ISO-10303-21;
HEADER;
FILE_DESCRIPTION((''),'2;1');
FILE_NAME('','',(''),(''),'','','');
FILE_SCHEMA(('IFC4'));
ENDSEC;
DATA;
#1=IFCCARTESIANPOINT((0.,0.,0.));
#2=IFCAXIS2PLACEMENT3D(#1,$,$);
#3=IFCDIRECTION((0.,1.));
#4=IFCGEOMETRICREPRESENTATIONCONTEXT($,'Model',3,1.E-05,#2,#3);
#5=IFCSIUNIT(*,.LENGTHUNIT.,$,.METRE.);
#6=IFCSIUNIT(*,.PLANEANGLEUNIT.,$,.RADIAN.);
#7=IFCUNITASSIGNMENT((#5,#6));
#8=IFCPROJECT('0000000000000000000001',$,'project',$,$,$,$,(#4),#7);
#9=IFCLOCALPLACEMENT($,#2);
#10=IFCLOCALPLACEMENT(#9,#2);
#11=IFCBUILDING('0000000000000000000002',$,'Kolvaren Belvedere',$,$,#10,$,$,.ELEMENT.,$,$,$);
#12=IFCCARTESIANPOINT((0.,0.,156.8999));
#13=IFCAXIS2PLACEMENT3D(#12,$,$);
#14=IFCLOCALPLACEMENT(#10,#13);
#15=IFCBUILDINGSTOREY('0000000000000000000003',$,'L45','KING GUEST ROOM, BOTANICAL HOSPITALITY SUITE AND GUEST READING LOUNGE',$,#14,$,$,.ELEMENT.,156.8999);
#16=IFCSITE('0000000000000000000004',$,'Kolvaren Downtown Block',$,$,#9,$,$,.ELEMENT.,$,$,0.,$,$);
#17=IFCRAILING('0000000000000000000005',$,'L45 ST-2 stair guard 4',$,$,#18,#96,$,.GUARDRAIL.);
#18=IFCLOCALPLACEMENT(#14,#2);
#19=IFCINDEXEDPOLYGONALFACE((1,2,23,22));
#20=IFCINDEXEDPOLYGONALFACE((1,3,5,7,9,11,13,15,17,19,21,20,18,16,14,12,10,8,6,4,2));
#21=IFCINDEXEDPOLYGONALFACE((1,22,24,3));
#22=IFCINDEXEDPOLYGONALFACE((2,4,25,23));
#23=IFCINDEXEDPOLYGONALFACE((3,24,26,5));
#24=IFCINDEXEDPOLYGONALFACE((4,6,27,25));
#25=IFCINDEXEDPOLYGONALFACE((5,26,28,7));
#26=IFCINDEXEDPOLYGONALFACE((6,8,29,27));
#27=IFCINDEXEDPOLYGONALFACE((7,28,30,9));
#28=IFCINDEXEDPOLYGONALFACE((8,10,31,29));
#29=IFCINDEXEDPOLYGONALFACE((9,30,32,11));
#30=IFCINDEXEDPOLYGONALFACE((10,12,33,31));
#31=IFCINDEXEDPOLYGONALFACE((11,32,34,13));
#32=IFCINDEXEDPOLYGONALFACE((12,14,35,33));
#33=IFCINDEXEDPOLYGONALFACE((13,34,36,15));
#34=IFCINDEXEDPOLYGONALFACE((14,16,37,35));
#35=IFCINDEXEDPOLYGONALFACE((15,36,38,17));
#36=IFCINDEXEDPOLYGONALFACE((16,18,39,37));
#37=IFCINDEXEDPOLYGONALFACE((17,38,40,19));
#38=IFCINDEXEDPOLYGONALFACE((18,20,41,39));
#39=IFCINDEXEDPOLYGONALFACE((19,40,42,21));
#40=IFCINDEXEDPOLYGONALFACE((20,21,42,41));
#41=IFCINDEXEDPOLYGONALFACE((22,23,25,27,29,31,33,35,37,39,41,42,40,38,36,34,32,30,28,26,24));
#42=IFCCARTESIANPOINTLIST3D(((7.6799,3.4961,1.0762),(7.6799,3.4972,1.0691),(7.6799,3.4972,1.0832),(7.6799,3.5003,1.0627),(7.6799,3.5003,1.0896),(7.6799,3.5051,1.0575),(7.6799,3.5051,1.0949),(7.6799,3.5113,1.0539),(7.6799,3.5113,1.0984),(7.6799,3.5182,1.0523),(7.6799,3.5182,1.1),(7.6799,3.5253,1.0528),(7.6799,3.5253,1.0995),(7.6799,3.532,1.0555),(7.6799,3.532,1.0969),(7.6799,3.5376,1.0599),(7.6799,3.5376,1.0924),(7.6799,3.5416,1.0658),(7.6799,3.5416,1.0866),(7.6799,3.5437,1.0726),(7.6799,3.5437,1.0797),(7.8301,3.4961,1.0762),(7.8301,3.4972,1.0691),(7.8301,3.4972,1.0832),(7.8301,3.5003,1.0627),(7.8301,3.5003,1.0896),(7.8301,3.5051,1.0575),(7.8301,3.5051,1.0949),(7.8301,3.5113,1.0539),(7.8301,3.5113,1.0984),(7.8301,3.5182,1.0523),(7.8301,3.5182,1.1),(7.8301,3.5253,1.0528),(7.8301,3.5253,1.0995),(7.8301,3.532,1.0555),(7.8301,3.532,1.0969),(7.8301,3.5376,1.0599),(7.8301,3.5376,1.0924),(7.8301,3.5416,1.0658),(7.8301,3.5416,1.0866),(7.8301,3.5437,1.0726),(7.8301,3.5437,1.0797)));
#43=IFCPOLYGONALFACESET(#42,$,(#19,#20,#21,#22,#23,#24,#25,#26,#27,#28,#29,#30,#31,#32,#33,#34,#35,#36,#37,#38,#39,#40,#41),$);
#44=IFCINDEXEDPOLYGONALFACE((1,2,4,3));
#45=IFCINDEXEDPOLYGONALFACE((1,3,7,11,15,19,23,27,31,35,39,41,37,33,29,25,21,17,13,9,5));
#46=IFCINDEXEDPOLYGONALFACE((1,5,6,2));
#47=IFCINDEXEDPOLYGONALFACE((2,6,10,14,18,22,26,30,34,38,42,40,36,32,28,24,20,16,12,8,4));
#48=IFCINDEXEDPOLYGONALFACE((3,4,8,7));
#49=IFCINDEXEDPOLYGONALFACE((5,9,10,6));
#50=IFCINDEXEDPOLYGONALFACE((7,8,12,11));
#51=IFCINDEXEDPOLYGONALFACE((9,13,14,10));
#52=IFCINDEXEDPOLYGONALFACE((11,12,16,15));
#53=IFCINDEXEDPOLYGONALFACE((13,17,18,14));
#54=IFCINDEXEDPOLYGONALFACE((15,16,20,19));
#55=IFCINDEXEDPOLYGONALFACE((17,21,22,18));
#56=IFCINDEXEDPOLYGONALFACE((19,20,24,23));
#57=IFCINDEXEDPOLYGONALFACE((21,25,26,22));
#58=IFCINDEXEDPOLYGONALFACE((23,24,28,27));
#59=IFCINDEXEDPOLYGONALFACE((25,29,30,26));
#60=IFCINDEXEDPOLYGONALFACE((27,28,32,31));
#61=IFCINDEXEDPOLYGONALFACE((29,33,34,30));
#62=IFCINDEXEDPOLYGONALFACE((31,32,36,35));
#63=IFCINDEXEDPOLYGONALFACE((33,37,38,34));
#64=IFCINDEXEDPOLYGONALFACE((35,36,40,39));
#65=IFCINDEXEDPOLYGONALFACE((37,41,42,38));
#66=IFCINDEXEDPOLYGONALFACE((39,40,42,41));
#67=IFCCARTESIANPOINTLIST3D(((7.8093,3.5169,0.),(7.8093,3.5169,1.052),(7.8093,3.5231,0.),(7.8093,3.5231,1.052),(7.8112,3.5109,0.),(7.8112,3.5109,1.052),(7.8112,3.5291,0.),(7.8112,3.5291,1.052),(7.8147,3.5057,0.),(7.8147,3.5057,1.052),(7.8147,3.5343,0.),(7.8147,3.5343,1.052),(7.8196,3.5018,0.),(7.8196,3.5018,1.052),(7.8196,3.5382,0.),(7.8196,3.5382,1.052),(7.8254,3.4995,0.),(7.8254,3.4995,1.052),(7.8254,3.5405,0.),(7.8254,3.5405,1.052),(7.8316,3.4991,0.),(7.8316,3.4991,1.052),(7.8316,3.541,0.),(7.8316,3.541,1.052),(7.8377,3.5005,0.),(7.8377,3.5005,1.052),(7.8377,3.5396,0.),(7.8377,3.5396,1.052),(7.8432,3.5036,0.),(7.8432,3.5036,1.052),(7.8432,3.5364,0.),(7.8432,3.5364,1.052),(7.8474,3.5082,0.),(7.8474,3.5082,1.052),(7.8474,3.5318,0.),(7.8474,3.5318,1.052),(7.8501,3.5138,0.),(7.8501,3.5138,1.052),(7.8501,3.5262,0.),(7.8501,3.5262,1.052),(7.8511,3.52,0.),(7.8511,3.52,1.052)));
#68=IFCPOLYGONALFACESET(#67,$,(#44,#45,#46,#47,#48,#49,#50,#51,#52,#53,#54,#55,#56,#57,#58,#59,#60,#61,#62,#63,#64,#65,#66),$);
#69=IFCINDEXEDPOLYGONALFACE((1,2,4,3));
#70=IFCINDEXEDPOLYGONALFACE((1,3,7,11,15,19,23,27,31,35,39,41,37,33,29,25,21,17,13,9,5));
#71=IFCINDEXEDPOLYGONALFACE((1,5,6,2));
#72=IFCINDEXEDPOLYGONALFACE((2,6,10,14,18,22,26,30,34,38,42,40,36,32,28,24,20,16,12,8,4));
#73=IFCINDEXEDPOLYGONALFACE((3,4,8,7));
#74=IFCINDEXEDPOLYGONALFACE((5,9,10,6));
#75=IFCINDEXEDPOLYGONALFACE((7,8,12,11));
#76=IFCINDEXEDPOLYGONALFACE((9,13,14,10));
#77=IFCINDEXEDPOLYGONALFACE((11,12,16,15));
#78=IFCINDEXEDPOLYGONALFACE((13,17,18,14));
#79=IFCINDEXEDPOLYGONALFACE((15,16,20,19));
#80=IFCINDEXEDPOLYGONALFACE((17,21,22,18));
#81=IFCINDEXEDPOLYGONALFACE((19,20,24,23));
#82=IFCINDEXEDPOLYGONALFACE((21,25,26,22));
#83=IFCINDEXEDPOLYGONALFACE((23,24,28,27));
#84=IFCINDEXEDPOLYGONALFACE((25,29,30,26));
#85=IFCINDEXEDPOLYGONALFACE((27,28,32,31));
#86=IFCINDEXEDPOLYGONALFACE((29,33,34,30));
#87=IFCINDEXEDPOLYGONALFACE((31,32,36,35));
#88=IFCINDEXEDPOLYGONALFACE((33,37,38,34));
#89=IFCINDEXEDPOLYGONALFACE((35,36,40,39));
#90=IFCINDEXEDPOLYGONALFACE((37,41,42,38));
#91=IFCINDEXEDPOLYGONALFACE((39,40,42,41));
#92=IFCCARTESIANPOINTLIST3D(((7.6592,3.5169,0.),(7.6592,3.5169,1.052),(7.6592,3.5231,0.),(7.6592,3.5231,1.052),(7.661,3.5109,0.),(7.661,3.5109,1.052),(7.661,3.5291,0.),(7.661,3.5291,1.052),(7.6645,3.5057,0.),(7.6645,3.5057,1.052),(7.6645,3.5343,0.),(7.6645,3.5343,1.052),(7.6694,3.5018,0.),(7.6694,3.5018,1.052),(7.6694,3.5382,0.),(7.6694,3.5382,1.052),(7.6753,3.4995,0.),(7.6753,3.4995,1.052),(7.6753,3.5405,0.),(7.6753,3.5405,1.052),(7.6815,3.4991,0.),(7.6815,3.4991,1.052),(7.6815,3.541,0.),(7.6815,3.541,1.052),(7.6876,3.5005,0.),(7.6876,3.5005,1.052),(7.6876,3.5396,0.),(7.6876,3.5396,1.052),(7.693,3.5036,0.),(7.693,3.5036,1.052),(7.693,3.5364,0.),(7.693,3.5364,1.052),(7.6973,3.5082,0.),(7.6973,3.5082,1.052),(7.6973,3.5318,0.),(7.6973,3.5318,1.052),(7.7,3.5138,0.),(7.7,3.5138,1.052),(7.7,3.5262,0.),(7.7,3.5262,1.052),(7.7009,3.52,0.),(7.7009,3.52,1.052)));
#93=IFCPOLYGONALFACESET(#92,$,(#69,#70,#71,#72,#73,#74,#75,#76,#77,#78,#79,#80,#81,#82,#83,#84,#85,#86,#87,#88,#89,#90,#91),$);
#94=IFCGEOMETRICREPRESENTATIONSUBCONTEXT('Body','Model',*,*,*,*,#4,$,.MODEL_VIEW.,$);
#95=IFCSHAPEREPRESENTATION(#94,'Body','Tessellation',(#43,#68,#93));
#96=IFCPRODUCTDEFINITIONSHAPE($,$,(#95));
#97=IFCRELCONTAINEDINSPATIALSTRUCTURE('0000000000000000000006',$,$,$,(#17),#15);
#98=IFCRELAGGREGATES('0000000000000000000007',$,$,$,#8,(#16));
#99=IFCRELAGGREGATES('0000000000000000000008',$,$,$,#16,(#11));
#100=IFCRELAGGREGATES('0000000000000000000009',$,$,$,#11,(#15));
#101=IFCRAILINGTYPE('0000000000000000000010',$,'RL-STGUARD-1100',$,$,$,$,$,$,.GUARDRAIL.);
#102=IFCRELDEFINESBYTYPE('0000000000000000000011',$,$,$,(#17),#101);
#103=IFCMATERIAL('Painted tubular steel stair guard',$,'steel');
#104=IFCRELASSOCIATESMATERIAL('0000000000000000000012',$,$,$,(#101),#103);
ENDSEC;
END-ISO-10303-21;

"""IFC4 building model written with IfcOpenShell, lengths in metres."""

from ifc_helpers import new_model, si_unit, direction, frame, origin, origin_2d, place, context, subcontext, project, spatial, circle, extrude, material, type_object, element, save


model = new_model("IFC4")

# Units and contexts
model_context = context("Model", 3, precision=1e-05, world=origin(), true_north=direction((0.0, 1.0)))
body_context = subcontext(model_context, "Body", "Model", "MODEL_VIEW")
ifc_project = project(units=[si_unit("LENGTHUNIT", "METRE"), si_unit("PLANEANGLEUNIT", "RADIAN")], contexts=[model_context])

# Site, building, storey
site_placement = place(None, origin())
site = spatial("IfcSite", under=ifc_project, at=site_placement, Name="Kolvaren Downtown Block", CompositionType="ELEMENT", RefElevation=0.0)
building_placement = place(site_placement, origin())
building = spatial("IfcBuilding", under=site, at=building_placement, Name="Kolvaren Belvedere", CompositionType="ELEMENT")
storey_placement = place(building_placement, frame((0.0, 0.0, 156.8999)))
storey = spatial("IfcBuildingStorey", under=building, at=storey_placement, Name="L45", Description="KING GUEST ROOM, BOTANICAL HOSPITALITY SUITE AND GUEST READING LOUNGE", CompositionType="ELEMENT", Elevation=156.8999)

# Railing
ifc_material_1 = material(Name="Painted tubular steel stair guard", Category="steel")
railing_type_1 = type_object("IfcRailingType", Name="RL-STGUARD-1100", PredefinedType="GUARDRAIL", material=ifc_material_1)
railing_1_placement = place(storey_placement, frame((7.8301, 3.52, 0.0)))
element("IfcRailing", 1, at=railing_1_placement, inside=storey, type_object=railing_type_1, Name="L45 ST-2 stair guard 4", PredefinedType="GUARDRAIL", context=body_context, shape_type="SweptSolid", body=[
    extrude(circle(Radius=0.0239, at=origin_2d()), frame((0.0, 0.0, 1.0762), z_axis=(-1.0, 0.0, 0.0), x_axis=(0.0, -1.0, 0.0)), (0.0, 0.0, 1.0), 0.1501),
    extrude(circle(Radius=0.021, at=origin_2d()), origin(), (0.0, 0.0, 1.0), 1.052),
    extrude(circle(Radius=0.021, at=origin_2d()), frame((-0.1501, 0.0, 0.0)), (0.0, 0.0, 1.0), 1.052),
])

save(model, "model.ifc")
